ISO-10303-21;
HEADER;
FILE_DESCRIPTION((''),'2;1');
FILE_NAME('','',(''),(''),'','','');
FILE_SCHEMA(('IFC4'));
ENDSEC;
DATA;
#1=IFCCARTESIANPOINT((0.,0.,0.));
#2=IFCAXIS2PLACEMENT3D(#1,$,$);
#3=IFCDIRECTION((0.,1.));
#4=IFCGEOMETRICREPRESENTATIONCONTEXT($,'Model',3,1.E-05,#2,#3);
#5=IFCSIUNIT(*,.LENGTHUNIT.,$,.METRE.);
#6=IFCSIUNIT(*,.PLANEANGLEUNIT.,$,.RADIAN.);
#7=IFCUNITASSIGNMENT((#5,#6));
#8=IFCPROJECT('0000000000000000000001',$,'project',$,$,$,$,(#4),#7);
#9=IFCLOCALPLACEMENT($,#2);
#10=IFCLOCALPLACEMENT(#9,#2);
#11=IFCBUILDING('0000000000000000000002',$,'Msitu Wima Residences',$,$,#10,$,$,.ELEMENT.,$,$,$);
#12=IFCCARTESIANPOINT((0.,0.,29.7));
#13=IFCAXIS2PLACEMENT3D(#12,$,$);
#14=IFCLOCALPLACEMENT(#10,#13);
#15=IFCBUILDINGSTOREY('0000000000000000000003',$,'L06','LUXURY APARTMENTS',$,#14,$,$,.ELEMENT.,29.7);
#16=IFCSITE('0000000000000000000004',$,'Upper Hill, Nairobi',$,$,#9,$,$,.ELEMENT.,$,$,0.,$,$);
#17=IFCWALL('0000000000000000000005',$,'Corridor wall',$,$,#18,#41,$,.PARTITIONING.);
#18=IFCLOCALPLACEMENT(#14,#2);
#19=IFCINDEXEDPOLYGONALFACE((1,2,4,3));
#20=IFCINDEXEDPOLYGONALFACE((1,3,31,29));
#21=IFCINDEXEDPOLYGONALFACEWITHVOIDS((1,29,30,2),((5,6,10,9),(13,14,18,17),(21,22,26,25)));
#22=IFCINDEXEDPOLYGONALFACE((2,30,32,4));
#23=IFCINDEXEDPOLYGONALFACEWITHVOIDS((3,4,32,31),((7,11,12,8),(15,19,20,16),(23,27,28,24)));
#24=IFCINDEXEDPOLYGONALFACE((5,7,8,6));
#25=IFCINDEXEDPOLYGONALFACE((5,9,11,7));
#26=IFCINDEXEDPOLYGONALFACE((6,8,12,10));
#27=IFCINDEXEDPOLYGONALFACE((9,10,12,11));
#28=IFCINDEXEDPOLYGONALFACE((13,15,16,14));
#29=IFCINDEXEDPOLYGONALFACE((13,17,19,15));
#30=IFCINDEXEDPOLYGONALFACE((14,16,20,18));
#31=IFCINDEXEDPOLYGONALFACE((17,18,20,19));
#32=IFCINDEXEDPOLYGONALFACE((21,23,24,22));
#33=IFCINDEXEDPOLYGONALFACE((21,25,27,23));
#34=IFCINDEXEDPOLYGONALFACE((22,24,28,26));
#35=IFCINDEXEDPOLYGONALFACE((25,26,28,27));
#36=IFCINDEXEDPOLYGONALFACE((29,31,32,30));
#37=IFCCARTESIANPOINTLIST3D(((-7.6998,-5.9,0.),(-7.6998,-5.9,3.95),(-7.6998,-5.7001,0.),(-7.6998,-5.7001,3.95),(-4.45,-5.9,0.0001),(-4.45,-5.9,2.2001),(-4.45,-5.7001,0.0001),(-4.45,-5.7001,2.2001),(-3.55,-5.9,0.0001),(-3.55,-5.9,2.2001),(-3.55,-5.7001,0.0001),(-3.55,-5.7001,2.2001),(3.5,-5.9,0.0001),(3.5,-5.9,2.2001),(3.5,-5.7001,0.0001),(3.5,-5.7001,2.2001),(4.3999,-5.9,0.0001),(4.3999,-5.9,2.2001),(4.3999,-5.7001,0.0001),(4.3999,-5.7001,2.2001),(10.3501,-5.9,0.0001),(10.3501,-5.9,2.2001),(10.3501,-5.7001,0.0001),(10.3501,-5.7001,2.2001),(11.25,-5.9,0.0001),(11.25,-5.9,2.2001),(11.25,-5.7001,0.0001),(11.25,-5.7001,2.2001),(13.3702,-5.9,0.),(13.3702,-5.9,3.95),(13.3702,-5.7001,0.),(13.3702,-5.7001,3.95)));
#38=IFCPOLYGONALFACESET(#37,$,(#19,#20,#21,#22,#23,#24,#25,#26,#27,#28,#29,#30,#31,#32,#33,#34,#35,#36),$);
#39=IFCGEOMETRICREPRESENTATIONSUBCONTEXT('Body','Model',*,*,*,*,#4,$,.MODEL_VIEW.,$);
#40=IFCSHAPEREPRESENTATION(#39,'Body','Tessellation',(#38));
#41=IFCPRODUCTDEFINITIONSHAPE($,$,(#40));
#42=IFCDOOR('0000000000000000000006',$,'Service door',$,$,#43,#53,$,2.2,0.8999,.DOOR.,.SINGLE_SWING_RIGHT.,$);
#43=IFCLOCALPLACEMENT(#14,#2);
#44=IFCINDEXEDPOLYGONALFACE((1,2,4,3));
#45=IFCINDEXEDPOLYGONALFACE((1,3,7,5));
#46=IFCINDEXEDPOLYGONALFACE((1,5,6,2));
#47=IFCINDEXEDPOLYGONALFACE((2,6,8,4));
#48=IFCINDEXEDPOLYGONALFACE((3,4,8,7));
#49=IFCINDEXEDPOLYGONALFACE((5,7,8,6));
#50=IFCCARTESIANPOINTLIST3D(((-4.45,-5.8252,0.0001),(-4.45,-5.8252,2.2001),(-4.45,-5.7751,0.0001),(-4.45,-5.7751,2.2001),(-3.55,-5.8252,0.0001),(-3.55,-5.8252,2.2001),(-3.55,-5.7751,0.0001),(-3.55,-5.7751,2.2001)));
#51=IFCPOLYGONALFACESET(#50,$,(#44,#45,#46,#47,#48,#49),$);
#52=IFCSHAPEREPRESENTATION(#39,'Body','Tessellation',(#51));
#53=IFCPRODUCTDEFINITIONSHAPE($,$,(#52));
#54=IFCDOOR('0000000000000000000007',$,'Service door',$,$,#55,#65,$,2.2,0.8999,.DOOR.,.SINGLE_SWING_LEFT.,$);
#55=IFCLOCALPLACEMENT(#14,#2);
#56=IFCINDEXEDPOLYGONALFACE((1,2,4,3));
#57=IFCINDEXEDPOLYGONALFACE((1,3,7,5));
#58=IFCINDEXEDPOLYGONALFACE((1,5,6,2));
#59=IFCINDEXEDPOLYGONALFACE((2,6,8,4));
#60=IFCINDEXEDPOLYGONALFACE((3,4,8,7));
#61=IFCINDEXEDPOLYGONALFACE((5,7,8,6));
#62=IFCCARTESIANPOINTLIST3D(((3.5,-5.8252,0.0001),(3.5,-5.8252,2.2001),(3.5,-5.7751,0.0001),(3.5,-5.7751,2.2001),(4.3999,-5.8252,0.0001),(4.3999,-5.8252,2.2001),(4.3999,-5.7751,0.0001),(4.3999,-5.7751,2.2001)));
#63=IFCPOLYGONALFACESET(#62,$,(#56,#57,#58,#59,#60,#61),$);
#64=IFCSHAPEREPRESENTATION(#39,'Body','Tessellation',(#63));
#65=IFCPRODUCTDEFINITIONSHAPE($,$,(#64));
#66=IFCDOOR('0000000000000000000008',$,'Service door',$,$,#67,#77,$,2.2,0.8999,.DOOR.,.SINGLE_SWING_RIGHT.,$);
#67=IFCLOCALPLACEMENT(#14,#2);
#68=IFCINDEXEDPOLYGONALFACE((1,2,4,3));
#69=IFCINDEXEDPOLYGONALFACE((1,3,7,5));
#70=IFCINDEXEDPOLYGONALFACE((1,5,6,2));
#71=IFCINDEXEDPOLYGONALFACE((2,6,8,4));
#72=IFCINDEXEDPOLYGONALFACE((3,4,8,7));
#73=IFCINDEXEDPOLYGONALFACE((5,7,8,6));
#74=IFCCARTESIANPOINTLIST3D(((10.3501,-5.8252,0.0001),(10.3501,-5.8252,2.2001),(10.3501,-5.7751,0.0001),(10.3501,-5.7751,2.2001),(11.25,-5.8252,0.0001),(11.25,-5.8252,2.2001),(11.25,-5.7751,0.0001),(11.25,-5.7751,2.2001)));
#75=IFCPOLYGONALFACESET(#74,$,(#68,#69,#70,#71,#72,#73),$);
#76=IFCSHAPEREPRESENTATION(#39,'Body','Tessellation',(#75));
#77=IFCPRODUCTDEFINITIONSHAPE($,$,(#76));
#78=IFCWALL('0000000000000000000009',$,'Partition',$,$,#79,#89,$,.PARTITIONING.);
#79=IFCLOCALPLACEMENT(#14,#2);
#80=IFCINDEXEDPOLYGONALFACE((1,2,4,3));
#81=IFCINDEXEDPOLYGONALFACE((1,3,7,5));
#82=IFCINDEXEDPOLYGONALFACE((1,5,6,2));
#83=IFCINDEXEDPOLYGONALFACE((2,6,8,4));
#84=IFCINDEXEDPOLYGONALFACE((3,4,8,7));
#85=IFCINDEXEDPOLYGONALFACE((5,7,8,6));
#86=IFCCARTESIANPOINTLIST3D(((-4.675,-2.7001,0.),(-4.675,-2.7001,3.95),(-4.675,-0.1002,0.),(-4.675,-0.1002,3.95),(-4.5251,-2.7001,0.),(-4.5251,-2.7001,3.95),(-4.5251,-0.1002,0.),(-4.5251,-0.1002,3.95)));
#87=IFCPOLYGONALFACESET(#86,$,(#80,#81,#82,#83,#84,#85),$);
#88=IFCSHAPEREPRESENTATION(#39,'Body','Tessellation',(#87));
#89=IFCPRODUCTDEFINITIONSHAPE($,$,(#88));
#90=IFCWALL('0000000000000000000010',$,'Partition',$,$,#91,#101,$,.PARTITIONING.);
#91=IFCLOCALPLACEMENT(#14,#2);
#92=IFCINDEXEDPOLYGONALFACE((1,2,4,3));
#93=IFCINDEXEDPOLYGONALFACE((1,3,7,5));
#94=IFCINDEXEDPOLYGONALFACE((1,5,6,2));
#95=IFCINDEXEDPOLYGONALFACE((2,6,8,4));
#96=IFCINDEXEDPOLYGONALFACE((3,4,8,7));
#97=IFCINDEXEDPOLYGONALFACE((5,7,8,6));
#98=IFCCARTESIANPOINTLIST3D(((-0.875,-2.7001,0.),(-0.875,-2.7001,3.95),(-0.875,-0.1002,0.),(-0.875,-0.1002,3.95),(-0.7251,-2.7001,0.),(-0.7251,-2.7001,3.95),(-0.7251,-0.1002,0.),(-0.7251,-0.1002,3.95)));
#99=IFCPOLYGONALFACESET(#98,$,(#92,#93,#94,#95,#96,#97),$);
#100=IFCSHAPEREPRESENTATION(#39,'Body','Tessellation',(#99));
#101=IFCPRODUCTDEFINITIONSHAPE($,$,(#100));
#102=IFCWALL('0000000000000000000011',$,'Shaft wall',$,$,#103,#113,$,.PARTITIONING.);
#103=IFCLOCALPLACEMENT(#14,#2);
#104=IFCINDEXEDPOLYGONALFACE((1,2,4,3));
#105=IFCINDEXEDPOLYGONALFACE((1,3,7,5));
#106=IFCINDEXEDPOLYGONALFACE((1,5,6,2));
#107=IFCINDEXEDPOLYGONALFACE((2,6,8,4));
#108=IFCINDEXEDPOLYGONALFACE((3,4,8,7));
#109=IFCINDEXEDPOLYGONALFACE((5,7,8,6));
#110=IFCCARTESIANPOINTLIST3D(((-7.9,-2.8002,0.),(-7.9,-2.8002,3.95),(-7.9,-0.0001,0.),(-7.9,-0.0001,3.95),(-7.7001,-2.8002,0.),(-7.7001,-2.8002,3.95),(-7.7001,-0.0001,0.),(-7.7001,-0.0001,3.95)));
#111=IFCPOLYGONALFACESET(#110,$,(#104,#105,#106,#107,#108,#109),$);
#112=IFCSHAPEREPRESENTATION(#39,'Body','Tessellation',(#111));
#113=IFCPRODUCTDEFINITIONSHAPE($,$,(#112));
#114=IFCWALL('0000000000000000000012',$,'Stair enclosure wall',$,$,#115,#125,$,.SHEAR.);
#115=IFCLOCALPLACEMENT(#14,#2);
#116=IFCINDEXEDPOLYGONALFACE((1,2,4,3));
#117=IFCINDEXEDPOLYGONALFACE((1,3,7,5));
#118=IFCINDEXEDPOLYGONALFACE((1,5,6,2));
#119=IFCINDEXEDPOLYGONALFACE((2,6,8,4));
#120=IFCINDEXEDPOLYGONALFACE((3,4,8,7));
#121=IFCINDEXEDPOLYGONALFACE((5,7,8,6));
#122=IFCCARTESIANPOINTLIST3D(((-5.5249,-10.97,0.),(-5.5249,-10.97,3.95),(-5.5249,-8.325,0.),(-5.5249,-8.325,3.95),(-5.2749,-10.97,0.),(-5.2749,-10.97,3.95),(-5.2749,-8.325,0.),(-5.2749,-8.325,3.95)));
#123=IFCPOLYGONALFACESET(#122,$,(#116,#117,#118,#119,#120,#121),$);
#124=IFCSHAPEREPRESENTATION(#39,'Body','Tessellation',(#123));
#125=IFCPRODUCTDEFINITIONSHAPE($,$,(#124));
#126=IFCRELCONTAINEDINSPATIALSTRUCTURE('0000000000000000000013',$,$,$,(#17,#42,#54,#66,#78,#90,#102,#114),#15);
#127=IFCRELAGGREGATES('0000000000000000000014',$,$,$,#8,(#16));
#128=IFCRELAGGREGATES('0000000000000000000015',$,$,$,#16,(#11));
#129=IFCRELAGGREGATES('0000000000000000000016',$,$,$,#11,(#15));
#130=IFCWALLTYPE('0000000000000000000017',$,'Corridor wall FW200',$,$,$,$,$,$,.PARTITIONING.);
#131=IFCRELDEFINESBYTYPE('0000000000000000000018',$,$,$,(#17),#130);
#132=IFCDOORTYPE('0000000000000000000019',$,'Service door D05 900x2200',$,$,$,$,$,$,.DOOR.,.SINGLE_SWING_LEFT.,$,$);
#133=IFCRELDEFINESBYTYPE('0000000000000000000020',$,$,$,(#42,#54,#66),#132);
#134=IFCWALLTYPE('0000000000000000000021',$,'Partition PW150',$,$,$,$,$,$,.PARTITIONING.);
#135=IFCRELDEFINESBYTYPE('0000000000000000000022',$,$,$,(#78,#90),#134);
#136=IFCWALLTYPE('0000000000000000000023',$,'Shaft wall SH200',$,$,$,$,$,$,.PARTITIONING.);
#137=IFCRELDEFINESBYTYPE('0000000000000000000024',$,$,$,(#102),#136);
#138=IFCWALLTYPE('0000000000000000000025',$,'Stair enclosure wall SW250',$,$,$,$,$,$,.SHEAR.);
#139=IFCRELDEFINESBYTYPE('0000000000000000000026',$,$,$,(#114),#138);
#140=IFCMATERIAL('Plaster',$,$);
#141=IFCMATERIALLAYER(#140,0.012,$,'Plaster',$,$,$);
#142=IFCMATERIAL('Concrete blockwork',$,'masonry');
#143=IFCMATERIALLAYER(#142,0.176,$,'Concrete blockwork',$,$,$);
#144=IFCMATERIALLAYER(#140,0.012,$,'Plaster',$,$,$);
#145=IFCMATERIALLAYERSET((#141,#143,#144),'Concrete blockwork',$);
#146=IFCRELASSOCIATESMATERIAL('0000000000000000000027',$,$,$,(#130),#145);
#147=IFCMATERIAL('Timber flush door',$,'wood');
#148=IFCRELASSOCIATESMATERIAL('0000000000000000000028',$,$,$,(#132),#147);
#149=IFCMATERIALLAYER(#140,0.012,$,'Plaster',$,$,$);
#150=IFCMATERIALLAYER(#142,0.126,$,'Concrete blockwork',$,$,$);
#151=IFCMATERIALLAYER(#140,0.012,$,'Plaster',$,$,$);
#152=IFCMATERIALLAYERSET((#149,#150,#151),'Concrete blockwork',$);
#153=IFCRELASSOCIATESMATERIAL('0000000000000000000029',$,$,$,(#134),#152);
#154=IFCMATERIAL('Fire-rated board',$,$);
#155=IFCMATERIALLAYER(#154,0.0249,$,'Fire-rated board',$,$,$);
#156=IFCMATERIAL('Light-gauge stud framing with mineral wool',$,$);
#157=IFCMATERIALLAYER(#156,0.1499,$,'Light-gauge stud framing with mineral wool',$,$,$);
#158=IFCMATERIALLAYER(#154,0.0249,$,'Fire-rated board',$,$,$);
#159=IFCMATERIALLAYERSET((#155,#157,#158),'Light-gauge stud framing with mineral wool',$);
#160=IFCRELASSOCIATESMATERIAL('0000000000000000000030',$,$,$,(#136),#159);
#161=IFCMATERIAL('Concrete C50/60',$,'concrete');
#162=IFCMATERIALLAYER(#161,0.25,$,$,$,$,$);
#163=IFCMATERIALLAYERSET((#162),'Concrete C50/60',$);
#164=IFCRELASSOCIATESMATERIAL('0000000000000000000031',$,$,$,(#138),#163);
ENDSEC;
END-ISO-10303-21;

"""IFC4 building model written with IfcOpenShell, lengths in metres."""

from ifc_helpers import new_model, si_unit, direction, frame, frame_2d, origin, place, context, subcontext, project, spatial, rectangle, extrude, material, layer, layer_set, type_object, element, fill, save


model = new_model("IFC4")

# Units and contexts
model_context = context("Model", 3, precision=1e-05, world=origin(), true_north=direction((0.0, 1.0)))
body_context = subcontext(model_context, "Body", "Model", "MODEL_VIEW")
ifc_project = project(units=[si_unit("LENGTHUNIT", "METRE"), si_unit("PLANEANGLEUNIT", "RADIAN")], contexts=[model_context])

# Site, building, storey
site_placement = place(None, origin())
site = spatial("IfcSite", under=ifc_project, at=site_placement, Name="Upper Hill, Nairobi", CompositionType="ELEMENT", RefElevation=0.0)
building_placement = place(site_placement, origin())
building = spatial("IfcBuilding", under=site, at=building_placement, Name="Msitu Wima Residences", CompositionType="ELEMENT")
storey_placement = place(building_placement, frame((0.0, 0.0, 29.7)))
storey = spatial("IfcBuildingStorey", under=building, at=storey_placement, Name="L06", Description="LUXURY APARTMENTS", CompositionType="ELEMENT", Elevation=29.7)

# Shared definitions
ifc_material_1 = material(Name="Plaster")
ifc_layer_1 = layer(ifc_material_1, 0.012, Name="Plaster")
ifc_material_2 = material(Name="Concrete blockwork", Category="masonry")
ifc_layer_2 = layer(ifc_material_2, 0.176, Name="Concrete blockwork")
ifc_layer_3 = layer(ifc_material_1, 0.012, Name="Plaster")
ifc_layer_set_1 = layer_set([ifc_layer_1, ifc_layer_2, ifc_layer_3], Name="Concrete blockwork")
wall_type_1 = type_object("IfcWallType", Name="Corridor wall FW200", PredefinedType="PARTITIONING", material=ifc_layer_set_1)
ifc_material_3 = material(Name="Timber flush door", Category="wood")
door_type_1 = type_object("IfcDoorType", Name="Service door D05 900x2200", OperationType="SINGLE_SWING_LEFT", PredefinedType="DOOR", material=ifc_material_3)

# Wall, openings, doors
wall_1_placement = place(storey_placement, frame((-7.7, -5.8, 0.0), z_axis=(0.0, 0.0, 1.0), x_axis=(1.0, 0.0, 0.0)))
wall_1 = element("IfcWall", 1, at=wall_1_placement, inside=storey, type_object=wall_type_1, Name="Corridor wall", PredefinedType="PARTITIONING", context=body_context, shape_type="SweptSolid", body=[
    extrude(rectangle(XDim=21.0701, YDim=0.2, at=frame_2d((10.5352, 0.0))), origin(), (0.0, 0.0, 1.0), 3.95),
])
opening_1_placement = place(wall_1_placement, frame((3.25, 0.0, 0.0)))
opening_1 = element("IfcOpeningElement", 2, at=opening_1_placement, cuts=wall_1, PredefinedType="OPENING", context=body_context, shape_type="SweptSolid", body=[
    extrude(rectangle(XDim=0.8999, YDim=2.2, at=frame_2d((0.45, 1.1001))), frame((0.0, 0.1099, 0.0), z_axis=(0.0, -1.0, 0.0), x_axis=(1.0, 0.0, 0.0)), (0.0, 0.0, 1.0), 0.22),
])
opening_2_placement = place(wall_1_placement, frame((11.2, 0.0, 0.0)))
opening_2 = element("IfcOpeningElement", 3, at=opening_2_placement, cuts=wall_1, PredefinedType="OPENING", context=body_context, shape_type="SweptSolid", body=[
    extrude(rectangle(XDim=0.8999, YDim=2.2, at=frame_2d((0.45, 1.1001))), frame((0.0, 0.1099, 0.0), z_axis=(0.0, -1.0, 0.0), x_axis=(1.0, 0.0, 0.0)), (0.0, 0.0, 1.0), 0.22),
])
opening_3_placement = place(wall_1_placement, frame((18.05, 0.0, 0.0)))
opening_3 = element("IfcOpeningElement", 4, at=opening_3_placement, cuts=wall_1, PredefinedType="OPENING", context=body_context, shape_type="SweptSolid", body=[
    extrude(rectangle(XDim=0.8999, YDim=2.2, at=frame_2d((0.45, 1.1001))), frame((0.0, 0.1099, 0.0), z_axis=(0.0, -1.0, 0.0), x_axis=(1.0, 0.0, 0.0)), (0.0, 0.0, 1.0), 0.22),
])
door_1_placement = place(opening_1_placement, origin())
door_1 = element("IfcDoor", 5, at=door_1_placement, inside=storey, type_object=door_type_1, Name="Service door", OperationType="SINGLE_SWING_RIGHT", OverallHeight=2.2, OverallWidth=0.8999, PredefinedType="DOOR", context=body_context, shape_type="SweptSolid", body=[
    extrude(rectangle(XDim=0.8999, YDim=2.2, at=frame_2d((0.45, 1.1001))), frame((0.0, 0.0249, 0.0), z_axis=(0.0, -1.0, 0.0), x_axis=(1.0, 0.0, 0.0)), (0.0, 0.0, 1.0), 0.05),
])
fill(opening_1, door_1)
door_2_placement = place(opening_2_placement, origin())
door_2 = element("IfcDoor", 6, at=door_2_placement, inside=storey, type_object=door_type_1, Name="Service door", OperationType="SINGLE_SWING_LEFT", OverallHeight=2.2, OverallWidth=0.8999, PredefinedType="DOOR", context=body_context, shape_type="SweptSolid", body=[
    extrude(rectangle(XDim=0.8999, YDim=2.2, at=frame_2d((0.45, 1.1001))), frame((0.0, 0.0249, 0.0), z_axis=(0.0, -1.0, 0.0), x_axis=(1.0, 0.0, 0.0)), (0.0, 0.0, 1.0), 0.05),
])
fill(opening_2, door_2)
door_3_placement = place(opening_3_placement, origin())
door_3 = element("IfcDoor", 7, at=door_3_placement, inside=storey, type_object=door_type_1, Name="Service door", OperationType="SINGLE_SWING_RIGHT", OverallHeight=2.2, OverallWidth=0.8999, PredefinedType="DOOR", context=body_context, shape_type="SweptSolid", body=[
    extrude(rectangle(XDim=0.8999, YDim=2.2, at=frame_2d((0.45, 1.1001))), frame((0.0, 0.0249, 0.0), z_axis=(0.0, -1.0, 0.0), x_axis=(1.0, 0.0, 0.0)), (0.0, 0.0, 1.0), 0.05),
])
fill(opening_3, door_3)

# Walls
ifc_layer_4 = layer(ifc_material_1, 0.012, Name="Plaster")
ifc_layer_5 = layer(ifc_material_2, 0.126, Name="Concrete blockwork")
ifc_layer_6 = layer(ifc_material_1, 0.012, Name="Plaster")
ifc_layer_set_2 = layer_set([ifc_layer_4, ifc_layer_5, ifc_layer_6], Name="Concrete blockwork")
wall_type_2 = type_object("IfcWallType", Name="Partition PW150", PredefinedType="PARTITIONING", material=ifc_layer_set_2)
for number, where, z_axis, x_axis, name in (
    (8, (-4.6001, -2.7, 0.0), (0.0, 0.0, 1.0), (0.0, 1.0, 0.0), "Partition"),
    (9, (-0.8, -2.7, 0.0), (0.0, 0.0, 1.0), (0.0, 1.0, 0.0), "Partition"),
):
    element("IfcWall", number, at=place(storey_placement, frame(where, z_axis=z_axis, x_axis=x_axis)), inside=storey, type_object=wall_type_2, Name=name, PredefinedType="PARTITIONING", context=body_context, shape_type="SweptSolid", body=[
        extrude(rectangle(XDim=2.5999, YDim=0.1499, at=frame_2d((1.2998, 0.0))), origin(), (0.0, 0.0, 1.0), 3.95),
    ])
ifc_material_4 = material(Name="Fire-rated board")
ifc_layer_7 = layer(ifc_material_4, 0.0249, Name="Fire-rated board")
ifc_material_5 = material(Name="Light-gauge stud framing with mineral wool")
ifc_layer_8 = layer(ifc_material_5, 0.1499, Name="Light-gauge stud framing with mineral wool")
ifc_layer_9 = layer(ifc_material_4, 0.0249, Name="Fire-rated board")
ifc_layer_set_3 = layer_set([ifc_layer_7, ifc_layer_8, ifc_layer_9], Name="Light-gauge stud framing with mineral wool")
wall_type_3 = type_object("IfcWallType", Name="Shaft wall SH200", PredefinedType="PARTITIONING", material=ifc_layer_set_3)
wall_2_placement = place(storey_placement, frame((-7.8, -2.8, 0.0), z_axis=(0.0, 0.0, 1.0), x_axis=(0.0, 1.0, 0.0)))
element("IfcWall", 10, at=wall_2_placement, inside=storey, type_object=wall_type_3, Name="Shaft wall", PredefinedType="PARTITIONING", context=body_context, shape_type="SweptSolid", body=[
    extrude(rectangle(XDim=2.8, YDim=0.2, at=frame_2d((1.3999, 0.0))), origin(), (0.0, 0.0, 1.0), 3.95),
])
ifc_material_6 = material(Name="Concrete C50/60", Category="concrete")
ifc_layer_10 = layer(ifc_material_6, 0.25)
ifc_layer_set_4 = layer_set([ifc_layer_10], Name="Concrete C50/60")
wall_type_4 = type_object("IfcWallType", Name="Stair enclosure wall SW250", PredefinedType="SHEAR", material=ifc_layer_set_4)
wall_3_placement = place(storey_placement, frame((-5.3999, -10.97, 0.0), z_axis=(0.0, 0.0, 1.0), x_axis=(0.0, 1.0, 0.0)))
element("IfcWall", 11, at=wall_3_placement, inside=storey, type_object=wall_type_4, Name="Stair enclosure wall", PredefinedType="SHEAR", context=body_context, shape_type="SweptSolid", body=[
    extrude(rectangle(XDim=2.645, YDim=0.25, at=frame_2d((1.3225, 0.0))), origin(), (0.0, 0.0, 1.0), 3.95),
])

save(model, "model.ifc")
